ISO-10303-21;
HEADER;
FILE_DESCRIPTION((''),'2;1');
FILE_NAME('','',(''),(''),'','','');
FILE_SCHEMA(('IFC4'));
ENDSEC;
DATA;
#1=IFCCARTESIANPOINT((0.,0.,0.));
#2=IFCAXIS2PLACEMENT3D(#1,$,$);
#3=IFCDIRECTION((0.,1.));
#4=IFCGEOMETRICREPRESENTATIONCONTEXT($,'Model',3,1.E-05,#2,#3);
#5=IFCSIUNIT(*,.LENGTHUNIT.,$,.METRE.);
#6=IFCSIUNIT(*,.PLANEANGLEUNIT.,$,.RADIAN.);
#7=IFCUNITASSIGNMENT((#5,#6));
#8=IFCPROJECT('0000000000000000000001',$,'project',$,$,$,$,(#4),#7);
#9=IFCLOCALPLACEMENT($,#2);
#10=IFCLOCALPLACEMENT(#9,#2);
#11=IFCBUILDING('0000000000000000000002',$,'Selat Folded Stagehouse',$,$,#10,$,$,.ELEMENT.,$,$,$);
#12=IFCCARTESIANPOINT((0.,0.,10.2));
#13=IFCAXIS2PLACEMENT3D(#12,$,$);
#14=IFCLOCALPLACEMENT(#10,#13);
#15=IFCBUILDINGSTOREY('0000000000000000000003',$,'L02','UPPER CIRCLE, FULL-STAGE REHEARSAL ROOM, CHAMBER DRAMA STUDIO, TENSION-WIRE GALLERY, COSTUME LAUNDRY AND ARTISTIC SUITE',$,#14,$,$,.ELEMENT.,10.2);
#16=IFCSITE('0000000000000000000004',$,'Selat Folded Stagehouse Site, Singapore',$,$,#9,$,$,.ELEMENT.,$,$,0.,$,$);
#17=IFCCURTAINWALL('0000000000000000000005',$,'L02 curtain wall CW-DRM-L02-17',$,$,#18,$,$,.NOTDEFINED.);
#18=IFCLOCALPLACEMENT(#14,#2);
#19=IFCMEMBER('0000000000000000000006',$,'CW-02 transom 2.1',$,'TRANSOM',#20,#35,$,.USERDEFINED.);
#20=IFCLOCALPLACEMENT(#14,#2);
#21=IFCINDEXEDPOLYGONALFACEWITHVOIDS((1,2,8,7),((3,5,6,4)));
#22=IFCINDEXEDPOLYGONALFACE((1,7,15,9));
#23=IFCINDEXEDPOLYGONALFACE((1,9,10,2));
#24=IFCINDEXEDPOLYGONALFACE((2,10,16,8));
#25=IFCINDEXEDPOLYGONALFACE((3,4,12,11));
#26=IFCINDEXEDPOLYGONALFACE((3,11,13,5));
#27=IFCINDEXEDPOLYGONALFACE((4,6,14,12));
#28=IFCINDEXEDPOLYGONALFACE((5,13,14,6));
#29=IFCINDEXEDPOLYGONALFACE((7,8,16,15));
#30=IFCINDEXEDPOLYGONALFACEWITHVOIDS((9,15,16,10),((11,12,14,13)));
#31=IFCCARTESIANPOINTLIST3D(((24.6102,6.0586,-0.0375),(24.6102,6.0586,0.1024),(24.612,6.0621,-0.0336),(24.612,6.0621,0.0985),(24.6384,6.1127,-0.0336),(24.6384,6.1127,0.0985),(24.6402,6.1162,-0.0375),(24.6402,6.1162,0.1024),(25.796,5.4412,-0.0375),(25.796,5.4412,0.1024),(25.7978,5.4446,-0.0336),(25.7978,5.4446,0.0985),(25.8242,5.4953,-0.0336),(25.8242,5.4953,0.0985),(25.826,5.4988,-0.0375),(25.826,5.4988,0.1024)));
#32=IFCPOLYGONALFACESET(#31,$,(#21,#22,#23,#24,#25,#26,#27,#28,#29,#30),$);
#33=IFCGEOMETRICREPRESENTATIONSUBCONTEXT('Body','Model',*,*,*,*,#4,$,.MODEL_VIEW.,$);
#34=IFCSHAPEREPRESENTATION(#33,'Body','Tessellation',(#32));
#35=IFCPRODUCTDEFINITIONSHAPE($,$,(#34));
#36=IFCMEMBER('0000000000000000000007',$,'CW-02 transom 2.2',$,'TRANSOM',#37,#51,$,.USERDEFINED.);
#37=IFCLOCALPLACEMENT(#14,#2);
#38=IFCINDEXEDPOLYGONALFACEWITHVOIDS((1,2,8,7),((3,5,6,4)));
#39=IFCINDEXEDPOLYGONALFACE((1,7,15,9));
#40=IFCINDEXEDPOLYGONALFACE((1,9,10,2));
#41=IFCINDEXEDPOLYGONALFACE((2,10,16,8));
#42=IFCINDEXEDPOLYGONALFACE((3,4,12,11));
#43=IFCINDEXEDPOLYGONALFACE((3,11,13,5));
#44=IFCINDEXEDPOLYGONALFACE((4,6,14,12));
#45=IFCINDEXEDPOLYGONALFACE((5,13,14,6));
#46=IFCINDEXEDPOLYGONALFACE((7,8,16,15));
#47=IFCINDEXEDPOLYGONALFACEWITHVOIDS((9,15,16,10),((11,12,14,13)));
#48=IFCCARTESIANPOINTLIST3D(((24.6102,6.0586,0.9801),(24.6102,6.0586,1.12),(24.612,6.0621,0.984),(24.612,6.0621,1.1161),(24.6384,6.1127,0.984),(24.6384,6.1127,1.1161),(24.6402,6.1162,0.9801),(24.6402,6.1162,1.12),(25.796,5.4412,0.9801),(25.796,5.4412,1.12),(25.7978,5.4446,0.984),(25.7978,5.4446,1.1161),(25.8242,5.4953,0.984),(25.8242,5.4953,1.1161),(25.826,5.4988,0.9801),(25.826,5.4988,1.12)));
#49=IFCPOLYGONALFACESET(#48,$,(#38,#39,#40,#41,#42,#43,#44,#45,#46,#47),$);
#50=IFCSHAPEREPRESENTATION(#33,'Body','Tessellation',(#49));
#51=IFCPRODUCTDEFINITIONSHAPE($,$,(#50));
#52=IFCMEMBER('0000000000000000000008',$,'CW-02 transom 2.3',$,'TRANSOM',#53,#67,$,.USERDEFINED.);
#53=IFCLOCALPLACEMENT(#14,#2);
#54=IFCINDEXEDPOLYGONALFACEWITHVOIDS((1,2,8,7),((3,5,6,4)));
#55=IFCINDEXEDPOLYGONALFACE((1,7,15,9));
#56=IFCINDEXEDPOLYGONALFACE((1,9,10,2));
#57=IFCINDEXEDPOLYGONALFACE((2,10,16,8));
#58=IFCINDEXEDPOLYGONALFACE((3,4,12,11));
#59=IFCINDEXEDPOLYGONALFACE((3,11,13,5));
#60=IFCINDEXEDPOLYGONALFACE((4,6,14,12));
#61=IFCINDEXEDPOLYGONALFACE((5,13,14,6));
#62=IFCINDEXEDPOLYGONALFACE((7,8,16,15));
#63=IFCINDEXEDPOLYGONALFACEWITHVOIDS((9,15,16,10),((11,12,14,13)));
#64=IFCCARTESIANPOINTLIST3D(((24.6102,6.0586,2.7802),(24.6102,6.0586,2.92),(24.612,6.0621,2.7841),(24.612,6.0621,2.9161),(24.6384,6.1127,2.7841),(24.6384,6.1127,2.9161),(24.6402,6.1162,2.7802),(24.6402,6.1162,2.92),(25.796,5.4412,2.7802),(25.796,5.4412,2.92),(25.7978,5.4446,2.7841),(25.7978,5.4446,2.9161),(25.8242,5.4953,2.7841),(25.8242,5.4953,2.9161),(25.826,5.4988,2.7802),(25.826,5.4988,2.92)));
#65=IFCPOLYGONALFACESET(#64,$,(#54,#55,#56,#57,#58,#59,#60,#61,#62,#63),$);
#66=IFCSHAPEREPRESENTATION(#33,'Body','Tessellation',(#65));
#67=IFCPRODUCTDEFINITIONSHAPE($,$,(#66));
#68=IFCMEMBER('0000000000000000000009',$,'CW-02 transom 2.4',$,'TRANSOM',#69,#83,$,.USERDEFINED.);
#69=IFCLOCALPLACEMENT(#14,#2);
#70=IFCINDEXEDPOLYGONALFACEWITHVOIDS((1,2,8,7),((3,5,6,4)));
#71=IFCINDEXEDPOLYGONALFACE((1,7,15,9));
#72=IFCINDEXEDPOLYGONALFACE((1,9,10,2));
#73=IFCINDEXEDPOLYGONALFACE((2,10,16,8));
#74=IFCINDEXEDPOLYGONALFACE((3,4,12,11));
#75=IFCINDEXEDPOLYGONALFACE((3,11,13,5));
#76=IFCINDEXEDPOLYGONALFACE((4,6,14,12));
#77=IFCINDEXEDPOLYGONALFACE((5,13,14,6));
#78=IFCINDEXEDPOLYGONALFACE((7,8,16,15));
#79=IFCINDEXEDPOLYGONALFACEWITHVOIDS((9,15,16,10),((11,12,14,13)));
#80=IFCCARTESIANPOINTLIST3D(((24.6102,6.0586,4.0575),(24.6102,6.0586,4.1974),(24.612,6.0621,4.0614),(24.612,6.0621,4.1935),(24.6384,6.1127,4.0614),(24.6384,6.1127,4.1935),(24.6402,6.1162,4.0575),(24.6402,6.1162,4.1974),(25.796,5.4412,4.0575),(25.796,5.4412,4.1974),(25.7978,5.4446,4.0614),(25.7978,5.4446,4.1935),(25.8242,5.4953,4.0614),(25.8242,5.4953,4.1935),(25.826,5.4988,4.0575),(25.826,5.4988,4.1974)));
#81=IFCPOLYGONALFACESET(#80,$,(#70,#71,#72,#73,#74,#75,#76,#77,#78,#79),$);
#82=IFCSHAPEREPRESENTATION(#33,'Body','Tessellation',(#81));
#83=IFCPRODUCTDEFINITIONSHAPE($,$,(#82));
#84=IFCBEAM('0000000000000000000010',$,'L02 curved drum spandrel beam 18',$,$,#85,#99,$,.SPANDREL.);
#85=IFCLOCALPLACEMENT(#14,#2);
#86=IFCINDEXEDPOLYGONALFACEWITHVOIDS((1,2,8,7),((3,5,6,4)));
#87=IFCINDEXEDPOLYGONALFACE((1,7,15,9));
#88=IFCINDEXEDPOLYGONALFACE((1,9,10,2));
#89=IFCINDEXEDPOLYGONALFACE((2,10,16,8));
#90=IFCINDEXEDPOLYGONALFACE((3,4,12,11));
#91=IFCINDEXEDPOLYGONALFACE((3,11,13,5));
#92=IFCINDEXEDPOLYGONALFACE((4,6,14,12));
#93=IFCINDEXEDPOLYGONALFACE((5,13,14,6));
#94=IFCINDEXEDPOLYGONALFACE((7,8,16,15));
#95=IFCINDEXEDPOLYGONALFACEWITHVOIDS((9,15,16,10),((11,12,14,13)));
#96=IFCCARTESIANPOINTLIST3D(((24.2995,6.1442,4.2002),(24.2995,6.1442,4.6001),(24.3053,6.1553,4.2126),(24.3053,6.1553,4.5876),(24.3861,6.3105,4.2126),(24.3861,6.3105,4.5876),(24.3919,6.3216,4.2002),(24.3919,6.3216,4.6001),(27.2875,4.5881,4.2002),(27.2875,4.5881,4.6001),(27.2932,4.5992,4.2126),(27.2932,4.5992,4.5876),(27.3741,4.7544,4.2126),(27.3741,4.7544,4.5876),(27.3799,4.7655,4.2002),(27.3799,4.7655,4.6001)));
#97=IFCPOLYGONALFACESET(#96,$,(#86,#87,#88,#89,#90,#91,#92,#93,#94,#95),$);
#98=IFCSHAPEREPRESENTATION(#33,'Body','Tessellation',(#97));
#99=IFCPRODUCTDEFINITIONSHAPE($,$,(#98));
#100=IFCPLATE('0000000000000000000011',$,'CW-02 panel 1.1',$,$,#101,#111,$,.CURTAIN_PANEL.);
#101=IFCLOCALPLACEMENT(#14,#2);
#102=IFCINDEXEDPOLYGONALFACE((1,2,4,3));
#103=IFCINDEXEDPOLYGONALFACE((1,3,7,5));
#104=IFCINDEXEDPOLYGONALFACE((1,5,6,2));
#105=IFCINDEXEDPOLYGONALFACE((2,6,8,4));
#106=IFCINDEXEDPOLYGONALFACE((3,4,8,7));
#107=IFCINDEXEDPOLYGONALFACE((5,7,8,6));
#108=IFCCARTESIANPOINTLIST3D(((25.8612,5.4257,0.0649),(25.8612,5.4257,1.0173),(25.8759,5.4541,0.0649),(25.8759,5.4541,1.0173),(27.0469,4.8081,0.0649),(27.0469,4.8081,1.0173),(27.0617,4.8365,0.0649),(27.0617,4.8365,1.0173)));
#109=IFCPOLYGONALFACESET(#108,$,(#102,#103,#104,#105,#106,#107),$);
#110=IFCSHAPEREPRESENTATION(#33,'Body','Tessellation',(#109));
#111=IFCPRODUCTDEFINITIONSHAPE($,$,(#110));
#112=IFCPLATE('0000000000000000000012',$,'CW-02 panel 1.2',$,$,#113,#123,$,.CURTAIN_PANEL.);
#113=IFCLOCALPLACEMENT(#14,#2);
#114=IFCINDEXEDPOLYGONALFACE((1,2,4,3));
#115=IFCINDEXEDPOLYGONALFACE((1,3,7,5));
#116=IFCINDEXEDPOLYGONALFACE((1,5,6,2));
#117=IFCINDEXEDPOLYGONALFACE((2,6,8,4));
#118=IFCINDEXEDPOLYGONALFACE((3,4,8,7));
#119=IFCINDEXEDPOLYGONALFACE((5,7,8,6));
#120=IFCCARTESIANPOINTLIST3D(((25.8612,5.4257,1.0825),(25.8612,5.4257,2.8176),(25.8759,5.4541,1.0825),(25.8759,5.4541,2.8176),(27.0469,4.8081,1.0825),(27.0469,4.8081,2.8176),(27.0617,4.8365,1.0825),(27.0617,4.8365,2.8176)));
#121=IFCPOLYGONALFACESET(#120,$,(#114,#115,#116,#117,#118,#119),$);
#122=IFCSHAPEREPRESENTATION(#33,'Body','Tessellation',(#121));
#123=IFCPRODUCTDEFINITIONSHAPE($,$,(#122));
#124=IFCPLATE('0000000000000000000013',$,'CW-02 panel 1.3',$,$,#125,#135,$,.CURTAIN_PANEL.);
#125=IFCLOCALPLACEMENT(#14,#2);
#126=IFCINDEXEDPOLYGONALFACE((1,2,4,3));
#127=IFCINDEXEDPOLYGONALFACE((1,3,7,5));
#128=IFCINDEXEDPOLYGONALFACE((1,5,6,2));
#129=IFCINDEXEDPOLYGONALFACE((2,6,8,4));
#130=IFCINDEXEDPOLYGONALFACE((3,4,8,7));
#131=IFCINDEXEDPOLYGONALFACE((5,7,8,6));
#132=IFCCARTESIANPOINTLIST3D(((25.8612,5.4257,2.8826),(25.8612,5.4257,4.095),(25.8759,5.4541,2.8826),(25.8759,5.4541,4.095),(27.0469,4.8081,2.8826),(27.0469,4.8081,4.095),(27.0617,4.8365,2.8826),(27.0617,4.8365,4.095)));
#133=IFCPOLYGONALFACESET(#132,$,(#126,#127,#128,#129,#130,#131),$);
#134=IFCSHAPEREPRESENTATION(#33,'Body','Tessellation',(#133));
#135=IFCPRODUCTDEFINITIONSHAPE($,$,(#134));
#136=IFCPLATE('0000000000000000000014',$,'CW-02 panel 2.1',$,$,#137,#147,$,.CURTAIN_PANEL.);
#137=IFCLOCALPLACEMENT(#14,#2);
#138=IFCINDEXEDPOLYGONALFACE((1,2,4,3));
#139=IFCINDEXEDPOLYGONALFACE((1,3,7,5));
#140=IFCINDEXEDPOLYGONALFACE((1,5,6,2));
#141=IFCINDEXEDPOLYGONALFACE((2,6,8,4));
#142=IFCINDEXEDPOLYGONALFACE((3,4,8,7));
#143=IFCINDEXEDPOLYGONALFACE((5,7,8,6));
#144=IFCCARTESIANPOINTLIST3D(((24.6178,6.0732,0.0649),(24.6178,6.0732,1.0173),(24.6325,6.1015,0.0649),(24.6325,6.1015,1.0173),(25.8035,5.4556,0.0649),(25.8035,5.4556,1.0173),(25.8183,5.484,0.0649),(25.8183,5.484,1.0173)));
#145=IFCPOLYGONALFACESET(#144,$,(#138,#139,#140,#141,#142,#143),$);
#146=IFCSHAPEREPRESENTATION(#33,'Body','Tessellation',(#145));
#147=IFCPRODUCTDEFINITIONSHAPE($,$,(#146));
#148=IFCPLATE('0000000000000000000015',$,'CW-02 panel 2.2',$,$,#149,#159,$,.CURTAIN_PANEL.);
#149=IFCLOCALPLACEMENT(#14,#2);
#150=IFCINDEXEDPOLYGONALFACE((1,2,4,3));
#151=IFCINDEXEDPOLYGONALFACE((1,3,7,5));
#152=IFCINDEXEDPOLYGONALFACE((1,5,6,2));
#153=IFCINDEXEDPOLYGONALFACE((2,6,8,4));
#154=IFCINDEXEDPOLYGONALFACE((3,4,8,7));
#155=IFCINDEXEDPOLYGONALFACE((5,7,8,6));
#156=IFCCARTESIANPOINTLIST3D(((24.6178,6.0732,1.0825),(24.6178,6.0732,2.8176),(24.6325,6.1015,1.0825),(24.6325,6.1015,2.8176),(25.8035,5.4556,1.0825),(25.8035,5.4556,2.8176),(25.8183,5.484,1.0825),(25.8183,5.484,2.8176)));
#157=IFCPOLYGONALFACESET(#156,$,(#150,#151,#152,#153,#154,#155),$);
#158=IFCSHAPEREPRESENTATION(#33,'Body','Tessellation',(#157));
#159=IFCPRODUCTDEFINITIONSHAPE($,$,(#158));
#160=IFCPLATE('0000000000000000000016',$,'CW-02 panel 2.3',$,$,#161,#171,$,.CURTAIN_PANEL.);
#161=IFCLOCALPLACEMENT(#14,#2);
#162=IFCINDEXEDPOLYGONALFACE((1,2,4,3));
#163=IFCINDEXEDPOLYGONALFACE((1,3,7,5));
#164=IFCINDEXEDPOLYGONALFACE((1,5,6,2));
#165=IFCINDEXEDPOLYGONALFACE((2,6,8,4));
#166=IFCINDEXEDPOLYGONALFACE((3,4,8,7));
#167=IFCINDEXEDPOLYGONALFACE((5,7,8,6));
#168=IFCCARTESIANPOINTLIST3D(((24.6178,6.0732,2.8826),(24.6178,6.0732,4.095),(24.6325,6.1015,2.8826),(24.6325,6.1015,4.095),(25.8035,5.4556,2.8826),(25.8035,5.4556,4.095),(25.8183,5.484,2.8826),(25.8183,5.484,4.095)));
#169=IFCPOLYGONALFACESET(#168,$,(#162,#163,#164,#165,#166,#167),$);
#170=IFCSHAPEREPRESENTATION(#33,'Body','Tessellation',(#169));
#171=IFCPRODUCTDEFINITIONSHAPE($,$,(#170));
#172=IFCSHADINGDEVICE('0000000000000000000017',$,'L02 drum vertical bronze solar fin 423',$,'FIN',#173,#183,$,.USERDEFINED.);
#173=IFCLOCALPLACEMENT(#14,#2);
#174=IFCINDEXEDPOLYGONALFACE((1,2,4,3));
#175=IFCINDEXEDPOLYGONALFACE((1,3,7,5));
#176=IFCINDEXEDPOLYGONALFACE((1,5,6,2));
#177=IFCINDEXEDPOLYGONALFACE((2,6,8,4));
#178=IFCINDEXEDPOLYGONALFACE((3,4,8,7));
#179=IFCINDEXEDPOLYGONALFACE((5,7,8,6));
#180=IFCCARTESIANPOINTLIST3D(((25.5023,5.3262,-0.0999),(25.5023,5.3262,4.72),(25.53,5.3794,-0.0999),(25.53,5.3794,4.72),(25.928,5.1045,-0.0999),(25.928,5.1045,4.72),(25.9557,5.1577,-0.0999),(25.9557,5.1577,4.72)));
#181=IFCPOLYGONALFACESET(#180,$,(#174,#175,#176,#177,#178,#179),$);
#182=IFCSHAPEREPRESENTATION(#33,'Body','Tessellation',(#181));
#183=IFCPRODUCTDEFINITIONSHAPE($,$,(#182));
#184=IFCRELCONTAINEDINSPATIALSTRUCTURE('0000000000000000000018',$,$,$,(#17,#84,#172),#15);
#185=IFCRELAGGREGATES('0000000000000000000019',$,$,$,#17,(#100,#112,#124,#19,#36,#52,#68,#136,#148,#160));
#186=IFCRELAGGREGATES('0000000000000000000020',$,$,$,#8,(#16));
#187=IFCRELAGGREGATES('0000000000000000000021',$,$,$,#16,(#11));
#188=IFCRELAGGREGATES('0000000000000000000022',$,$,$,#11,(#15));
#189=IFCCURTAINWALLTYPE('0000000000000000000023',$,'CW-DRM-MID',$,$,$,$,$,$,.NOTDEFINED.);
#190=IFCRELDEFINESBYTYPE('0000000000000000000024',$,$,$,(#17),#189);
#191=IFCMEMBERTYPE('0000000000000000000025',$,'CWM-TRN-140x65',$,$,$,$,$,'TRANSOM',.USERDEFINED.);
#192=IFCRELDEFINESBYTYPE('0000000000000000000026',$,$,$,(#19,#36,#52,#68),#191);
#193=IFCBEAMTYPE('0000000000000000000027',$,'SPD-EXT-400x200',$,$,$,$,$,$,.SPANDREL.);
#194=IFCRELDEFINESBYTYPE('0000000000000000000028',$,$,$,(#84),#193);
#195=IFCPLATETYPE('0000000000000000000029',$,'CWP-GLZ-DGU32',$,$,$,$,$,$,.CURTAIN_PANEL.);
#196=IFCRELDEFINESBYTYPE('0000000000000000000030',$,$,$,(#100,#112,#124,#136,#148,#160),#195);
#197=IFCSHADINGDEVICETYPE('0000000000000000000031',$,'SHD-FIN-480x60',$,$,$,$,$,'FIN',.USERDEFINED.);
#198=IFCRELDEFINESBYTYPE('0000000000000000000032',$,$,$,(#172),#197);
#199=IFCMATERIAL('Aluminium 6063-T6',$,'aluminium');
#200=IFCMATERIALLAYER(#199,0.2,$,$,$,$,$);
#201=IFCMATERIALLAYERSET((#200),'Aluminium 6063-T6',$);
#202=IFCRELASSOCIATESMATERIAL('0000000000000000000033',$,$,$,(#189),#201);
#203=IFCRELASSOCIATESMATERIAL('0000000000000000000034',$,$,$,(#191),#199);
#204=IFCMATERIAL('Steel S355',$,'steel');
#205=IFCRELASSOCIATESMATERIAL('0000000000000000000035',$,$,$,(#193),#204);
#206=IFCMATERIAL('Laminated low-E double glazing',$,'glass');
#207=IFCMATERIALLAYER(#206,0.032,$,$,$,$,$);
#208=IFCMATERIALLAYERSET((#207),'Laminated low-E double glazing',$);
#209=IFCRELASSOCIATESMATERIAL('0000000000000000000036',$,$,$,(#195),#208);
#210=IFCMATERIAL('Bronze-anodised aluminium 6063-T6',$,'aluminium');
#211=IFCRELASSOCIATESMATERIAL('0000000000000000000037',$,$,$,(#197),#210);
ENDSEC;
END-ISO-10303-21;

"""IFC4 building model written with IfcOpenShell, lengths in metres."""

from ifc_helpers import new_model, si_unit, direction, frame, origin, origin_2d, place, context, subcontext, project, spatial, rectangle, hollow_rectangle, extrude, material, layer, layer_set, material_profile, profile_set, type_object, element, aggregate, save


model = new_model("IFC4")

# Units and contexts
model_context = context("Model", 3, precision=1e-05, world=origin(), true_north=direction((0.0, 1.0)))
body_context = subcontext(model_context, "Body", "Model", "MODEL_VIEW")
ifc_project = project(units=[si_unit("LENGTHUNIT", "METRE"), si_unit("PLANEANGLEUNIT", "RADIAN")], contexts=[model_context])

# Site, building, storey
site_placement = place(None, origin())
site = spatial("IfcSite", under=ifc_project, at=site_placement, Name="Selat Folded Stagehouse Site, Singapore", CompositionType="ELEMENT", RefElevation=0.0)
building_placement = place(site_placement, origin())
building = spatial("IfcBuilding", under=site, at=building_placement, Name="Selat Folded Stagehouse", CompositionType="ELEMENT")
storey_placement = place(building_placement, frame((0.0, 0.0, 10.2)))
storey = spatial("IfcBuildingStorey", under=building, at=storey_placement, Name="L02", Description="UPPER CIRCLE, FULL-STAGE REHEARSAL ROOM, CHAMBER DRAMA STUDIO, TENSION-WIRE GALLERY, COSTUME LAUNDRY AND ARTISTIC SUITE", CompositionType="ELEMENT", Elevation=10.2)

# Shared definitions
ifc_material_1 = material(Name="Steel S355", Category="steel")

# Shared definitions
ifc_material_2 = material(Name="Aluminium 6063-T6", Category="aluminium")
ifc_layer_1 = layer(ifc_material_2, 0.2)
ifc_layer_set_1 = layer_set([ifc_layer_1], Name="Aluminium 6063-T6")
curtain_wall_type = type_object("IfcCurtainWallType", Name="CW-DRM-MID", PredefinedType="NOTDEFINED", material=ifc_layer_set_1)

# Curtain wall
curtain_wall_1_placement = place(storey_placement, origin())
curtain_wall_1 = element("IfcCurtainWall", 1, at=curtain_wall_1_placement, inside=storey, type_object=curtain_wall_type, Name="L02 curtain wall CW-DRM-L02-17", PredefinedType="NOTDEFINED")

# Members
ifc_material_profile_1 = material_profile(ifc_material_2, hollow_rectangle(XDim=0.0649, YDim=0.1399, WallThickness=0.0039, at=origin_2d()), Name="ALU 140x65x4.0")
ifc_profile_set_1 = profile_set([ifc_material_profile_1], Name="Aluminium 6063-T6")
member_type_1 = type_object("IfcMemberType", Name="CWM-TRN-140x65", ElementType="TRANSOM", PredefinedType="USERDEFINED", material=ifc_profile_set_1)
member_1_placement = place(storey_placement, frame((25.811, 5.47, 0.0325), z_axis=(-0.886966, 0.461836, 0.0), x_axis=(-0.461836, -0.886966, 0.0)))
member_1 = element("IfcMember", 2, at=member_1_placement, type_object=member_type_1, Name="CW-02 transom 2.1", ObjectType="TRANSOM", PredefinedType="USERDEFINED", context=body_context, shape_type="SweptSolid", body=[
    extrude(hollow_rectangle(XDim=0.0649, YDim=0.1399, WallThickness=0.0039, at=origin_2d()), origin(), (0.0, 0.0, 1.0), 1.3369),
])
member_2_placement = place(storey_placement, frame((25.811, 5.47, 1.05), z_axis=(-0.886966, 0.461836, 0.0), x_axis=(-0.461836, -0.886966, 0.0)))
member_2 = element("IfcMember", 3, at=member_2_placement, type_object=member_type_1, Name="CW-02 transom 2.2", ObjectType="TRANSOM", PredefinedType="USERDEFINED", context=body_context, shape_type="SweptSolid", body=[
    extrude(hollow_rectangle(XDim=0.0649, YDim=0.1399, WallThickness=0.0039, at=origin_2d()), origin(), (0.0, 0.0, 1.0), 1.3369),
])
member_3_placement = place(storey_placement, frame((25.811, 5.47, 2.8501), z_axis=(-0.886966, 0.461836, 0.0), x_axis=(-0.461836, -0.886966, 0.0)))
member_3 = element("IfcMember", 4, at=member_3_placement, type_object=member_type_1, Name="CW-02 transom 2.3", ObjectType="TRANSOM", PredefinedType="USERDEFINED", context=body_context, shape_type="SweptSolid", body=[
    extrude(hollow_rectangle(XDim=0.0649, YDim=0.1399, WallThickness=0.0039, at=origin_2d()), origin(), (0.0, 0.0, 1.0), 1.3369),
])
member_4_placement = place(storey_placement, frame((25.811, 5.47, 4.1274), z_axis=(-0.886966, 0.461836, 0.0), x_axis=(-0.461836, -0.886966, 0.0)))
member_4 = element("IfcMember", 5, at=member_4_placement, type_object=member_type_1, Name="CW-02 transom 2.4", ObjectType="TRANSOM", PredefinedType="USERDEFINED", context=body_context, shape_type="SweptSolid", body=[
    extrude(hollow_rectangle(XDim=0.0649, YDim=0.1399, WallThickness=0.0039, at=origin_2d()), origin(), (0.0, 0.0, 1.0), 1.3369),
])

# Beam
ifc_material_profile_2 = material_profile(ifc_material_1, hollow_rectangle(XDim=0.2, YDim=0.3999, WallThickness=0.0125, at=origin_2d()), Name="RHS 400x200x12.5")
ifc_profile_set_2 = profile_set([ifc_material_profile_2], Name="Steel S355")
beam_type = type_object("IfcBeamType", Name="SPD-EXT-400x200", PredefinedType="SPANDREL", material=ifc_profile_set_2)
beam_placement = place(storey_placement, frame((24.3457, 6.2329, 4.4001), z_axis=(0.886928, -0.461907, 0.0), x_axis=(0.461907, 0.886928, 0.0)))
element("IfcBeam", 6, at=beam_placement, inside=storey, type_object=beam_type, Name="L02 curved drum spandrel beam 18", PredefinedType="SPANDREL", context=body_context, shape_type="SweptSolid", body=[
    extrude(hollow_rectangle(XDim=0.2, YDim=0.3999, WallThickness=0.0125, at=origin_2d()), origin(), (0.0, 0.0, 1.0), 3.3689),
])

# Plates
ifc_material_3 = material(Name="Laminated low-E double glazing", Category="glass")
ifc_layer_2 = layer(ifc_material_3, 0.032)
ifc_layer_set_2 = layer_set([ifc_layer_2], Name="Laminated low-E double glazing")
plate_type = type_object("IfcPlateType", Name="CWP-GLZ-DGU32", PredefinedType="CURTAIN_PANEL", material=ifc_layer_set_2)
plate_1_placement = place(storey_placement, frame((26.4614, 5.1311, 0.0649), z_axis=(0.0, 0.0, 1.0), x_axis=(-0.886916, 0.461931, 0.0)))
plate_1 = element("IfcPlate", 7, at=plate_1_placement, type_object=plate_type, Name="CW-02 panel 1.1", PredefinedType="CURTAIN_PANEL", context=body_context, shape_type="SweptSolid", body=[
    extrude(rectangle(XDim=1.3369, YDim=0.032, at=origin_2d()), origin(), (0.0, 0.0, 1.0), 0.9524),
])
plate_2_placement = place(storey_placement, frame((26.4614, 5.1311, 1.0825), z_axis=(0.0, 0.0, 1.0), x_axis=(-0.886916, 0.461931, 0.0)))
plate_2 = element("IfcPlate", 8, at=plate_2_placement, type_object=plate_type, Name="CW-02 panel 1.2", PredefinedType="CURTAIN_PANEL", context=body_context, shape_type="SweptSolid", body=[
    extrude(rectangle(XDim=1.3369, YDim=0.032, at=origin_2d()), origin(), (0.0, 0.0, 1.0), 1.7351),
])
plate_3_placement = place(storey_placement, frame((26.4614, 5.1311, 2.8826), z_axis=(0.0, 0.0, 1.0), x_axis=(-0.886916, 0.461931, 0.0)))
plate_3 = element("IfcPlate", 9, at=plate_3_placement, type_object=plate_type, Name="CW-02 panel 1.3", PredefinedType="CURTAIN_PANEL", context=body_context, shape_type="SweptSolid", body=[
    extrude(rectangle(XDim=1.3369, YDim=0.032, at=origin_2d()), origin(), (0.0, 0.0, 1.0), 1.2124),
])
plate_4_placement = place(storey_placement, frame((25.218, 5.7786, 0.0649), z_axis=(0.0, 0.0, 1.0), x_axis=(-0.886916, 0.461931, 0.0)))
plate_4 = element("IfcPlate", 10, at=plate_4_placement, type_object=plate_type, Name="CW-02 panel 2.1", PredefinedType="CURTAIN_PANEL", context=body_context, shape_type="SweptSolid", body=[
    extrude(rectangle(XDim=1.3369, YDim=0.032, at=origin_2d()), origin(), (0.0, 0.0, 1.0), 0.9524),
])
plate_5_placement = place(storey_placement, frame((25.218, 5.7786, 1.0825), z_axis=(0.0, 0.0, 1.0), x_axis=(-0.886916, 0.461931, 0.0)))
plate_5 = element("IfcPlate", 11, at=plate_5_placement, type_object=plate_type, Name="CW-02 panel 2.2", PredefinedType="CURTAIN_PANEL", context=body_context, shape_type="SweptSolid", body=[
    extrude(rectangle(XDim=1.3369, YDim=0.032, at=origin_2d()), origin(), (0.0, 0.0, 1.0), 1.7351),
])
plate_6_placement = place(storey_placement, frame((25.218, 5.7786, 2.8826), z_axis=(0.0, 0.0, 1.0), x_axis=(-0.886916, 0.461931, 0.0)))
plate_6 = element("IfcPlate", 12, at=plate_6_placement, type_object=plate_type, Name="CW-02 panel 2.3", PredefinedType="CURTAIN_PANEL", context=body_context, shape_type="SweptSolid", body=[
    extrude(rectangle(XDim=1.3369, YDim=0.032, at=origin_2d()), origin(), (0.0, 0.0, 1.0), 1.2124),
])
aggregate(curtain_wall_1, [plate_1, plate_2, plate_3, member_1, member_2, member_3, member_4, plate_4, plate_5, plate_6])

# Shading device
ifc_material_4 = material(Name="Bronze-anodised aluminium 6063-T6", Category="aluminium")
ifc_material_profile_3 = material_profile(ifc_material_4, rectangle(XDim=0.0601, YDim=0.48, at=origin_2d()), Name="SOLAR-FIN 480x60")
ifc_profile_set_3 = profile_set([ifc_material_profile_3], Name="Bronze-anodised aluminium 6063-T6")
shading_device_type = type_object("IfcShadingDeviceType", Name="SHD-FIN-480x60", ElementType="FIN", PredefinedType="USERDEFINED", material=ifc_profile_set_3)
shading_device_placement = place(storey_placement, frame((25.729, 5.2419, -0.0999), z_axis=(0.0, 0.0, 1.0), x_axis=(-0.461903, -0.88693, 0.0)))
element("IfcShadingDevice", 13, at=shading_device_placement, inside=storey, type_object=shading_device_type, Name="L02 drum vertical bronze solar fin 423", ObjectType="FIN", PredefinedType="USERDEFINED", context=body_context, shape_type="SweptSolid", body=[
    extrude(rectangle(XDim=0.0601, YDim=0.48, at=origin_2d()), origin(), (0.0, 0.0, 1.0), 4.8198),
])

save(model, "model.ifc")
